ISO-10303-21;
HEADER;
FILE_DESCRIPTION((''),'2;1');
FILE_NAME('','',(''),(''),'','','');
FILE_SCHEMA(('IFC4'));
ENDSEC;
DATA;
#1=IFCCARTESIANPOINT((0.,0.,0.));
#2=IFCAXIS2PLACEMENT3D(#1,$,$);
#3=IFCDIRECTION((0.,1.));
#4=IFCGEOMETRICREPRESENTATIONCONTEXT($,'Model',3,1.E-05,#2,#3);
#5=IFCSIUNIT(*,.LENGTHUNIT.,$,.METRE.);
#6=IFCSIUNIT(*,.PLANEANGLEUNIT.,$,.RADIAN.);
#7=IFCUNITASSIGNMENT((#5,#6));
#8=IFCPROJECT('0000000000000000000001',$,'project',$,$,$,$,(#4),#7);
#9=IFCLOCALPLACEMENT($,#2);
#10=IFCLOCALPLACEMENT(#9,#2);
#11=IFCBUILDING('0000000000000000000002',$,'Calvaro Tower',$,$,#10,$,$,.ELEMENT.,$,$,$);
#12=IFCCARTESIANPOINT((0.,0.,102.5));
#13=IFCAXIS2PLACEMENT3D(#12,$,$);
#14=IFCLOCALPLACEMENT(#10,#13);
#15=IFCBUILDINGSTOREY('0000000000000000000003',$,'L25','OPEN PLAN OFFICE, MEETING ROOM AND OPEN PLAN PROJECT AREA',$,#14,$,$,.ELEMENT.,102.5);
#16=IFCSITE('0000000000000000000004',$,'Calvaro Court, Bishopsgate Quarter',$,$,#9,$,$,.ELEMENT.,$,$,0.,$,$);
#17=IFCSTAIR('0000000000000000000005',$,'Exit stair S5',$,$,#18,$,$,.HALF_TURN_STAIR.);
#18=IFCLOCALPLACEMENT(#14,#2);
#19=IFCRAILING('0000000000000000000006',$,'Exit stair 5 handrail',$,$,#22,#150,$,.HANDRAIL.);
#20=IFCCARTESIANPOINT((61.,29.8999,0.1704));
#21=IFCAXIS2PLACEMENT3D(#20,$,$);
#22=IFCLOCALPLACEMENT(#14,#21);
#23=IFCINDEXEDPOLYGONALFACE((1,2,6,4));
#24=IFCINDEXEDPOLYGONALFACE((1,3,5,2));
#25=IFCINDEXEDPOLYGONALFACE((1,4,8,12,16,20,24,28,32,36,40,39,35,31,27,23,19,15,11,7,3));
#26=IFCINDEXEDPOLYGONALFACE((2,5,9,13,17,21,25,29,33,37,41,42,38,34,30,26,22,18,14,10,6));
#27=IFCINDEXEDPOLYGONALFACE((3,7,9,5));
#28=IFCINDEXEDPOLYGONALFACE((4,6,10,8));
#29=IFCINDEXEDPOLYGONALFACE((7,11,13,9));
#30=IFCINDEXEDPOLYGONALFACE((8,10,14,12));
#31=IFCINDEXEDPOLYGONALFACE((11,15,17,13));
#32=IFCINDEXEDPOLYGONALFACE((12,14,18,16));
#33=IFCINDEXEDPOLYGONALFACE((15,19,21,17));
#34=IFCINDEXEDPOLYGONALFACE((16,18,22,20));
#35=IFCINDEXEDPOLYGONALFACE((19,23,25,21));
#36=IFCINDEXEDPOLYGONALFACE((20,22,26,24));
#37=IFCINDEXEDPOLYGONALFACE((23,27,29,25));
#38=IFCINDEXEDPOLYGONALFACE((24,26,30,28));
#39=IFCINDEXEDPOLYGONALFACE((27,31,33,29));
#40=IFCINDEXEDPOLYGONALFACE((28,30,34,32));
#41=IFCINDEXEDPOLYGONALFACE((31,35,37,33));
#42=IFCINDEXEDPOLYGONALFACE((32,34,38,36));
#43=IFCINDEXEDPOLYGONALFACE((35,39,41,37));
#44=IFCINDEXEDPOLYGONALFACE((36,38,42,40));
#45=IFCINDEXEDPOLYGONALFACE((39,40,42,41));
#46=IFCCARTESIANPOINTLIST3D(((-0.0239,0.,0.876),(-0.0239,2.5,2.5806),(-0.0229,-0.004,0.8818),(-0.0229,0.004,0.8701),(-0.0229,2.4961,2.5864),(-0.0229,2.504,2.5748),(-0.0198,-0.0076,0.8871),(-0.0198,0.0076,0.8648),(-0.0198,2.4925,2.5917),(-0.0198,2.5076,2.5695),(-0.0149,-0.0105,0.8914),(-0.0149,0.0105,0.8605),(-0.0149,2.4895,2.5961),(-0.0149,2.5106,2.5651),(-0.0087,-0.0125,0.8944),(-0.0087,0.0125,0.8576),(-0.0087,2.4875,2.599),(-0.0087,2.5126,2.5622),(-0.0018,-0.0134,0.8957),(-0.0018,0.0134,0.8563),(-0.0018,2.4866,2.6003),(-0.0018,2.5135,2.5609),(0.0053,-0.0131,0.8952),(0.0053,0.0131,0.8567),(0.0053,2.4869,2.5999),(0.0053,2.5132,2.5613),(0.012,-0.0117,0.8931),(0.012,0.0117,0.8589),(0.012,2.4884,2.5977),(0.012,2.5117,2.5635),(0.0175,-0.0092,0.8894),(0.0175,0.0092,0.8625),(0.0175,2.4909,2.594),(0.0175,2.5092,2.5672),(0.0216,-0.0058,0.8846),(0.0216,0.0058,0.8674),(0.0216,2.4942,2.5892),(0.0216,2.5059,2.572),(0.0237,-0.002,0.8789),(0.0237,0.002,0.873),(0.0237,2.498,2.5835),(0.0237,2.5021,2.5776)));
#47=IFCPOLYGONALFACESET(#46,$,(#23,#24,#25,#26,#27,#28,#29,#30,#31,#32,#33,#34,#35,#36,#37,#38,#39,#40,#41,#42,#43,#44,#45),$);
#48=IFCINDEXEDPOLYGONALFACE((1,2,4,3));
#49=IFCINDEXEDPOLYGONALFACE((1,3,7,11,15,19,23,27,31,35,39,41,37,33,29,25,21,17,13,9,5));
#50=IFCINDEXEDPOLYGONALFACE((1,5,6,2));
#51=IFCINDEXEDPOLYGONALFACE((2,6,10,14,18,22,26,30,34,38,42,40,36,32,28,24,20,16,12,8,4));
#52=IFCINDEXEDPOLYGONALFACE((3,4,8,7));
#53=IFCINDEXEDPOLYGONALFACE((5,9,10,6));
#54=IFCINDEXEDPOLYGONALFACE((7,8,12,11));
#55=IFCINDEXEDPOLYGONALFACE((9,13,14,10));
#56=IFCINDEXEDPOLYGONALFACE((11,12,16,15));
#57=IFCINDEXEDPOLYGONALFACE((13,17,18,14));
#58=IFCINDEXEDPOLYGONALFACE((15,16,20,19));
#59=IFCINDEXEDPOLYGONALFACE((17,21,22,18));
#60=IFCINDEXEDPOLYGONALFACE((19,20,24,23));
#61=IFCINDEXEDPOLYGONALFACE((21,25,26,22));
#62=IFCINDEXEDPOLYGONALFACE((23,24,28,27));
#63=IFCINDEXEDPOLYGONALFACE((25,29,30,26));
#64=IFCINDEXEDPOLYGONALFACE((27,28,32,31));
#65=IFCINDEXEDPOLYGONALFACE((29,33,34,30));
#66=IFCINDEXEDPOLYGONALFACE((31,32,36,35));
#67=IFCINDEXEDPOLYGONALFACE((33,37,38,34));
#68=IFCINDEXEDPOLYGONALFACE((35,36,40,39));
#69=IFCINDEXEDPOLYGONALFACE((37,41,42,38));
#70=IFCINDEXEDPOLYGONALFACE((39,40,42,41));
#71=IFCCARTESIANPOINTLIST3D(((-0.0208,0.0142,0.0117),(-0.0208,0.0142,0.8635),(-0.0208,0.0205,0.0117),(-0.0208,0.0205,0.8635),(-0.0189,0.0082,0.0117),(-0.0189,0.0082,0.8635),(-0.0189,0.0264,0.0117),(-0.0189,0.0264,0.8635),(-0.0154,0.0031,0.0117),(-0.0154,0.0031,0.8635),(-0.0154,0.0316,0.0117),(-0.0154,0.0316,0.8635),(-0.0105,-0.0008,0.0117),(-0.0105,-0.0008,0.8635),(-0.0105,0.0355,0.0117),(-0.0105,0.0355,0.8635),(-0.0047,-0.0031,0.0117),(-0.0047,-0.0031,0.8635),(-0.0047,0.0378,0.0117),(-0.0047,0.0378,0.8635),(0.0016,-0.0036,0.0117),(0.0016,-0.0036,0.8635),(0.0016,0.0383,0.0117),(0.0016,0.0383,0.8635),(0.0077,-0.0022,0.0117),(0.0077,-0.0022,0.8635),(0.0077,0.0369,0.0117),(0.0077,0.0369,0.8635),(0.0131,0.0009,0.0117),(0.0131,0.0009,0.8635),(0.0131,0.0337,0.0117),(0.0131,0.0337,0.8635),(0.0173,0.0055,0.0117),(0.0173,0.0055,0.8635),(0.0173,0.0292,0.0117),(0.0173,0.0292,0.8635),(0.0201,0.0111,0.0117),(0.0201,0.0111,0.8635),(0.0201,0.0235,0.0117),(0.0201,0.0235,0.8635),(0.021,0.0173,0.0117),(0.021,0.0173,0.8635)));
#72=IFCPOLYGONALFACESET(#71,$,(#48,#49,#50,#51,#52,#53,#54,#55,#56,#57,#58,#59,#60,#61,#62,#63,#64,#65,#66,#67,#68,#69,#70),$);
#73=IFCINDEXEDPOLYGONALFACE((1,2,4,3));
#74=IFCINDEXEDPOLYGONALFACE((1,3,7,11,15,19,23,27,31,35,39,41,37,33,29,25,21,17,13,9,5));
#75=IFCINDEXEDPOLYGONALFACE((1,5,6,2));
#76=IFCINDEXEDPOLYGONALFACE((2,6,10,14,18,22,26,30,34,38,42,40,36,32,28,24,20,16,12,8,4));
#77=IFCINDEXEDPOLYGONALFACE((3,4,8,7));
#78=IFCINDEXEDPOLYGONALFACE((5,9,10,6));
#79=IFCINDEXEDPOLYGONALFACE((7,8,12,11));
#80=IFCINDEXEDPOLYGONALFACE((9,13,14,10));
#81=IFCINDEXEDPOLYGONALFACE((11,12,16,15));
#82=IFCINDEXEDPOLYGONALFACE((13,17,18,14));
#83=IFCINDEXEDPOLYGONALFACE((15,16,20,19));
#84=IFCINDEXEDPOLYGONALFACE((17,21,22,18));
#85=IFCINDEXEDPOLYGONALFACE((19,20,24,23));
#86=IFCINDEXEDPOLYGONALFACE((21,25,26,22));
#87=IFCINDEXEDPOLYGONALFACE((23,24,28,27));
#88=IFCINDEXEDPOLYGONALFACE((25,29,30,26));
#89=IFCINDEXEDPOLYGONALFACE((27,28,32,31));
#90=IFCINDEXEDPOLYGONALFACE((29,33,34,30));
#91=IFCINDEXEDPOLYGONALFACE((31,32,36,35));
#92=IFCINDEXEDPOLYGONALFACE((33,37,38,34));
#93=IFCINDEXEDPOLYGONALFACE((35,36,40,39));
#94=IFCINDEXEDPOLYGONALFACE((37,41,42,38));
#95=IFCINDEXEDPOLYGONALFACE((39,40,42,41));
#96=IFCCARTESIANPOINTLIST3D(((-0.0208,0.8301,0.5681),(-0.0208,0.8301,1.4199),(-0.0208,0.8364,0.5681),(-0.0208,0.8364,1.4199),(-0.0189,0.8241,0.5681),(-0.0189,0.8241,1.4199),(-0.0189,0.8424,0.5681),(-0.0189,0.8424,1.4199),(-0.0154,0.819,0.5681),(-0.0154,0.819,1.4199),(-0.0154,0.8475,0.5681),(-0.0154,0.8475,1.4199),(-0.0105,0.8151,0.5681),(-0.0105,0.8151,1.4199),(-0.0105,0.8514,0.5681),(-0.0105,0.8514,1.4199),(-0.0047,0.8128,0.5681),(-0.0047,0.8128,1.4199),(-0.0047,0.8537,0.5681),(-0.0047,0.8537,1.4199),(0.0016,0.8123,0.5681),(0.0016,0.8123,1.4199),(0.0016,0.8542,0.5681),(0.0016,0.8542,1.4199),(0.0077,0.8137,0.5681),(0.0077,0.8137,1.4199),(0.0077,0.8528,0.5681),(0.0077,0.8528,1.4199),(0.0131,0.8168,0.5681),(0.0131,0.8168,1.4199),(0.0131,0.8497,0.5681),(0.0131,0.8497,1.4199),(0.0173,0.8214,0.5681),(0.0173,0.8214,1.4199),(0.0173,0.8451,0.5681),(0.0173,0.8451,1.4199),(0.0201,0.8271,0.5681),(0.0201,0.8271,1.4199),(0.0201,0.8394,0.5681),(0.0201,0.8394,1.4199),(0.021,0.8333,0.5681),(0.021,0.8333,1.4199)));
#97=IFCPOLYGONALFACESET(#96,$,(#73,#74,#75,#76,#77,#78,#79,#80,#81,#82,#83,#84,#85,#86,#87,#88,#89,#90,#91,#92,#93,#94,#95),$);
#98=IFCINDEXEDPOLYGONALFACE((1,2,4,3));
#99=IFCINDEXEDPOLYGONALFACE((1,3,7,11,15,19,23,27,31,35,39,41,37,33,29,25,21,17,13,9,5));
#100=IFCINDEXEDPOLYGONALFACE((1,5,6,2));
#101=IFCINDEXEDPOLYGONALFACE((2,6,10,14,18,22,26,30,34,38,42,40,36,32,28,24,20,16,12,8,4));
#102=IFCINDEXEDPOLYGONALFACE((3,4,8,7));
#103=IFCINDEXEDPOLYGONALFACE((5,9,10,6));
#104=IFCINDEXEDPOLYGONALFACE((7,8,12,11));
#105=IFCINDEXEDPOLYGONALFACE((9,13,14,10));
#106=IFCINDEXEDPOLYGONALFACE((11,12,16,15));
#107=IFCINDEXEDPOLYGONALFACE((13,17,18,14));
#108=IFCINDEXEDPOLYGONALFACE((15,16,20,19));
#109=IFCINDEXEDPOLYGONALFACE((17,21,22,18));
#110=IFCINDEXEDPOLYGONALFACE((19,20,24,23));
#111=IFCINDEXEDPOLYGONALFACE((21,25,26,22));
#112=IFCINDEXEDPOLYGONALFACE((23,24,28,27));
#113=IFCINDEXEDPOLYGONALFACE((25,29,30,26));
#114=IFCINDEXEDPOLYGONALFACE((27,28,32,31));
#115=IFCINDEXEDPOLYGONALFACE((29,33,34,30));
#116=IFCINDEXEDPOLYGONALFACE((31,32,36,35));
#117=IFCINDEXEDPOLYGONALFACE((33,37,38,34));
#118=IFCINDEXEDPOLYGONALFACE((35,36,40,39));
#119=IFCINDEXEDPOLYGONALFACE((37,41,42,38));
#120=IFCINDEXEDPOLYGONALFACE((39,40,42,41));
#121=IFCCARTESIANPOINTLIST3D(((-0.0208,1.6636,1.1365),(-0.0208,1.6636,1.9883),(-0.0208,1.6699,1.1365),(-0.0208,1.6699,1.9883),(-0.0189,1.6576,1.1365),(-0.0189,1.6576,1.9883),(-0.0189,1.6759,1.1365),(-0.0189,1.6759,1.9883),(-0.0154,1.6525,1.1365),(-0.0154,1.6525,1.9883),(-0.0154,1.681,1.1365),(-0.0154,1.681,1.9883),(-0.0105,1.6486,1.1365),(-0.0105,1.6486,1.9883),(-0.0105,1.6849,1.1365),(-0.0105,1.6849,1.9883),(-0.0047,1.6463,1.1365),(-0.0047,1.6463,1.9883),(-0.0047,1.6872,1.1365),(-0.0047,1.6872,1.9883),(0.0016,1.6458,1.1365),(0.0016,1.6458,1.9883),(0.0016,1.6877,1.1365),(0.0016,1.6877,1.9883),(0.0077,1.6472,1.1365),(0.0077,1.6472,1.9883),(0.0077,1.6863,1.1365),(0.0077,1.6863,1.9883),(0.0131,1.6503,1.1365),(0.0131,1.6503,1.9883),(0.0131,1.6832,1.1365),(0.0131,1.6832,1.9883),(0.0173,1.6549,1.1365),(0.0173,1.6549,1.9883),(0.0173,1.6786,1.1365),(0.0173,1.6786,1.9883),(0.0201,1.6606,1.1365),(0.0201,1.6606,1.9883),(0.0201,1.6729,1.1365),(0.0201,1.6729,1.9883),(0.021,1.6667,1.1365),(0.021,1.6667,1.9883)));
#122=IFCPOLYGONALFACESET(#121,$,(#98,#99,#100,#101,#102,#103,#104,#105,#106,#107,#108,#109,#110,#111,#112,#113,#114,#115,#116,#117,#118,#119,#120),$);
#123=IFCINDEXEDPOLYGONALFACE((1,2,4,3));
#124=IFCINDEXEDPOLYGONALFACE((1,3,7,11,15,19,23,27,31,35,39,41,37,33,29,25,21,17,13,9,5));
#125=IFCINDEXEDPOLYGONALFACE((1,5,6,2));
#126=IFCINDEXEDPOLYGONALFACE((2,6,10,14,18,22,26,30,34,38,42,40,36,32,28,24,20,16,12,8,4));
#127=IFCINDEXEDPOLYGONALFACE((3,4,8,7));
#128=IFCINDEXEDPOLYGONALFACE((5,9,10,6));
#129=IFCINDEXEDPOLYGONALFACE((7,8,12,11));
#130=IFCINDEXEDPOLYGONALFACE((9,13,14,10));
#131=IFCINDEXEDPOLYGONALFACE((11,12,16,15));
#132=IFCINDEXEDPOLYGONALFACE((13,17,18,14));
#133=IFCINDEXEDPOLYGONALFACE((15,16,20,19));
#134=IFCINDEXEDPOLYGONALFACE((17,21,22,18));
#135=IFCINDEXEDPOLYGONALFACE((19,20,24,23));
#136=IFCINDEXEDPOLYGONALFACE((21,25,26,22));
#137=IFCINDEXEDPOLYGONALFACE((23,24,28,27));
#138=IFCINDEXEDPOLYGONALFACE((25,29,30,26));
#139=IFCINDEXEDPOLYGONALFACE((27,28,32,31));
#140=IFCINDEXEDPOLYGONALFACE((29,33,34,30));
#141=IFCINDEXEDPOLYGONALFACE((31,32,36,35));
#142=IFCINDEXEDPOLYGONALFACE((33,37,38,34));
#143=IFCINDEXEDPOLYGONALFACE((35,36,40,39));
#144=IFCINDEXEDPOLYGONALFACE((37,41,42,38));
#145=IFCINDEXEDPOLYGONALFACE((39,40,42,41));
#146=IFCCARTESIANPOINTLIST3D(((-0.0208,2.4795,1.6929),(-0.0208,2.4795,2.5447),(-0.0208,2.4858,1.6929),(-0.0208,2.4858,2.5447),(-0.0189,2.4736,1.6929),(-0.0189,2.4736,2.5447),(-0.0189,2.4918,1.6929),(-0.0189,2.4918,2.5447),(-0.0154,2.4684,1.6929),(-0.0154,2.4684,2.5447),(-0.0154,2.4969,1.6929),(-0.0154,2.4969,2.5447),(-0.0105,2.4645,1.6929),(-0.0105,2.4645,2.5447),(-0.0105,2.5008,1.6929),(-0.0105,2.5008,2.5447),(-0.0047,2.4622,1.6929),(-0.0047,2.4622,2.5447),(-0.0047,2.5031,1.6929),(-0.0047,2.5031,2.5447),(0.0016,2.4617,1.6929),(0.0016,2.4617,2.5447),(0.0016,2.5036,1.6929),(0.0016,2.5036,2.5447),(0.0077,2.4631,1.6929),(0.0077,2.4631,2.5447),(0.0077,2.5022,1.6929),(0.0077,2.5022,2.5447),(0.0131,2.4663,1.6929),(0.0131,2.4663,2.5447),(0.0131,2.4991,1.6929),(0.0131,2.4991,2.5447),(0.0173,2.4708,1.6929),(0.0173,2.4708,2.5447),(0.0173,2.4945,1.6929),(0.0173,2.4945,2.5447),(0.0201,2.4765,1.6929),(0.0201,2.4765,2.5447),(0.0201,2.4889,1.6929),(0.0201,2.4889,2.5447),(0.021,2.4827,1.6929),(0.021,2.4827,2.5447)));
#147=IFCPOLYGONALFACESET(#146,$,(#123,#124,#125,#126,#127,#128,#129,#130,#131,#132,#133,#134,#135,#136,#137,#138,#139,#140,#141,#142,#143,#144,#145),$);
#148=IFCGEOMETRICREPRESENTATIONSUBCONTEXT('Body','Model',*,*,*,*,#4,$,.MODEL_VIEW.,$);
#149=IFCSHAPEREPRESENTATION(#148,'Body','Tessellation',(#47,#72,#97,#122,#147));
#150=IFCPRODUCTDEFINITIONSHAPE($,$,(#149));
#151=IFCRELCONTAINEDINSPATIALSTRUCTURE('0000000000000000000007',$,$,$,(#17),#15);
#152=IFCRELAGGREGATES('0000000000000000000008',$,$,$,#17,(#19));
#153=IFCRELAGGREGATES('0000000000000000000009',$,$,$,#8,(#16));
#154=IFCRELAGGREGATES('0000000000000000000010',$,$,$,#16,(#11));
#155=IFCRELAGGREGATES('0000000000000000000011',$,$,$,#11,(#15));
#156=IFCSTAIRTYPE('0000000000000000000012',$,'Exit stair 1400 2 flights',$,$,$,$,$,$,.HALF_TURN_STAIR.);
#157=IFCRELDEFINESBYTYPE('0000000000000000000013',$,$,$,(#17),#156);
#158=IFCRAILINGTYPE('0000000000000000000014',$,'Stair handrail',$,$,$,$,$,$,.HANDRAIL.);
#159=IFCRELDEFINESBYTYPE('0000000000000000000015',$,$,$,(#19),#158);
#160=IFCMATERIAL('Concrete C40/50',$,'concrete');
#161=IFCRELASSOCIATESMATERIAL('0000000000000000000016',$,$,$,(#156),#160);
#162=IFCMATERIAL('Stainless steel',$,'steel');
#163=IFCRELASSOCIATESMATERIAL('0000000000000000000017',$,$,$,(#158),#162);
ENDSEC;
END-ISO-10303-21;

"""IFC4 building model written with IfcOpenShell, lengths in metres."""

from ifc_helpers import new_model, si_unit, direction, frame, origin, origin_2d, place, context, subcontext, project, spatial, circle, extrude, material, type_object, element, aggregate, save


model = new_model("IFC4")

# Units and contexts
model_context = context("Model", 3, precision=1e-05, world=origin(), true_north=direction((0.0, 1.0)))
body_context = subcontext(model_context, "Body", "Model", "MODEL_VIEW")
ifc_project = project(units=[si_unit("LENGTHUNIT", "METRE"), si_unit("PLANEANGLEUNIT", "RADIAN")], contexts=[model_context])

# Site, building, storey
site_placement = place(None, origin())
site = spatial("IfcSite", under=ifc_project, at=site_placement, Name="Calvaro Court, Bishopsgate Quarter", CompositionType="ELEMENT", RefElevation=0.0)
building_placement = place(site_placement, origin())
building = spatial("IfcBuilding", under=site, at=building_placement, Name="Calvaro Tower", CompositionType="ELEMENT")
storey_placement = place(building_placement, frame((0.0, 0.0, 102.5)))
storey = spatial("IfcBuildingStorey", under=building, at=storey_placement, Name="L25", Description="OPEN PLAN OFFICE, MEETING ROOM AND OPEN PLAN PROJECT AREA", CompositionType="ELEMENT", Elevation=102.5)

# Stair, railing
ifc_material_1 = material(Name="Concrete C40/50", Category="concrete")
stair_type = type_object("IfcStairType", Name="Exit stair 1400 2 flights", PredefinedType="HALF_TURN_STAIR", material=ifc_material_1)
stair_placement = place(storey_placement, origin())
stair = element("IfcStair", 1, at=stair_placement, inside=storey, type_object=stair_type, Name="Exit stair S5", PredefinedType="HALF_TURN_STAIR")
ifc_material_2 = material(Name="Stainless steel", Category="steel")
railing_type = type_object("IfcRailingType", Name="Stair handrail", PredefinedType="HANDRAIL", material=ifc_material_2)
railing_placement = place(storey_placement, frame((61.0, 29.8999, 0.1704)))
railing = element("IfcRailing", 2, at=railing_placement, type_object=railing_type, Name="Exit stair 5 handrail", PredefinedType="HANDRAIL", context=body_context, shape_type="SweptSolid", body=[
    extrude(circle(Radius=0.0239, at=origin_2d()), frame((0.0, 0.0, 0.876), z_axis=(0.0, 0.826221, 0.563347), x_axis=(-1.0, 0.0, 0.0)), (0.0, 0.0, 1.0), 3.0259),
    extrude(circle(Radius=0.021, at=origin_2d()), frame((0.0, 0.0173, 0.0117)), (0.0, 0.0, 1.0), 0.8518),
    extrude(circle(Radius=0.021, at=origin_2d()), frame((0.0, 0.8333, 0.5681)), (0.0, 0.0, 1.0), 0.8518),
    extrude(circle(Radius=0.021, at=origin_2d()), frame((0.0, 1.6667, 1.1365)), (0.0, 0.0, 1.0), 0.8518),
    extrude(circle(Radius=0.021, at=origin_2d()), frame((0.0, 2.4827, 1.6929)), (0.0, 0.0, 1.0), 0.8518),
])
aggregate(stair, [railing])

save(model, "model.ifc")
